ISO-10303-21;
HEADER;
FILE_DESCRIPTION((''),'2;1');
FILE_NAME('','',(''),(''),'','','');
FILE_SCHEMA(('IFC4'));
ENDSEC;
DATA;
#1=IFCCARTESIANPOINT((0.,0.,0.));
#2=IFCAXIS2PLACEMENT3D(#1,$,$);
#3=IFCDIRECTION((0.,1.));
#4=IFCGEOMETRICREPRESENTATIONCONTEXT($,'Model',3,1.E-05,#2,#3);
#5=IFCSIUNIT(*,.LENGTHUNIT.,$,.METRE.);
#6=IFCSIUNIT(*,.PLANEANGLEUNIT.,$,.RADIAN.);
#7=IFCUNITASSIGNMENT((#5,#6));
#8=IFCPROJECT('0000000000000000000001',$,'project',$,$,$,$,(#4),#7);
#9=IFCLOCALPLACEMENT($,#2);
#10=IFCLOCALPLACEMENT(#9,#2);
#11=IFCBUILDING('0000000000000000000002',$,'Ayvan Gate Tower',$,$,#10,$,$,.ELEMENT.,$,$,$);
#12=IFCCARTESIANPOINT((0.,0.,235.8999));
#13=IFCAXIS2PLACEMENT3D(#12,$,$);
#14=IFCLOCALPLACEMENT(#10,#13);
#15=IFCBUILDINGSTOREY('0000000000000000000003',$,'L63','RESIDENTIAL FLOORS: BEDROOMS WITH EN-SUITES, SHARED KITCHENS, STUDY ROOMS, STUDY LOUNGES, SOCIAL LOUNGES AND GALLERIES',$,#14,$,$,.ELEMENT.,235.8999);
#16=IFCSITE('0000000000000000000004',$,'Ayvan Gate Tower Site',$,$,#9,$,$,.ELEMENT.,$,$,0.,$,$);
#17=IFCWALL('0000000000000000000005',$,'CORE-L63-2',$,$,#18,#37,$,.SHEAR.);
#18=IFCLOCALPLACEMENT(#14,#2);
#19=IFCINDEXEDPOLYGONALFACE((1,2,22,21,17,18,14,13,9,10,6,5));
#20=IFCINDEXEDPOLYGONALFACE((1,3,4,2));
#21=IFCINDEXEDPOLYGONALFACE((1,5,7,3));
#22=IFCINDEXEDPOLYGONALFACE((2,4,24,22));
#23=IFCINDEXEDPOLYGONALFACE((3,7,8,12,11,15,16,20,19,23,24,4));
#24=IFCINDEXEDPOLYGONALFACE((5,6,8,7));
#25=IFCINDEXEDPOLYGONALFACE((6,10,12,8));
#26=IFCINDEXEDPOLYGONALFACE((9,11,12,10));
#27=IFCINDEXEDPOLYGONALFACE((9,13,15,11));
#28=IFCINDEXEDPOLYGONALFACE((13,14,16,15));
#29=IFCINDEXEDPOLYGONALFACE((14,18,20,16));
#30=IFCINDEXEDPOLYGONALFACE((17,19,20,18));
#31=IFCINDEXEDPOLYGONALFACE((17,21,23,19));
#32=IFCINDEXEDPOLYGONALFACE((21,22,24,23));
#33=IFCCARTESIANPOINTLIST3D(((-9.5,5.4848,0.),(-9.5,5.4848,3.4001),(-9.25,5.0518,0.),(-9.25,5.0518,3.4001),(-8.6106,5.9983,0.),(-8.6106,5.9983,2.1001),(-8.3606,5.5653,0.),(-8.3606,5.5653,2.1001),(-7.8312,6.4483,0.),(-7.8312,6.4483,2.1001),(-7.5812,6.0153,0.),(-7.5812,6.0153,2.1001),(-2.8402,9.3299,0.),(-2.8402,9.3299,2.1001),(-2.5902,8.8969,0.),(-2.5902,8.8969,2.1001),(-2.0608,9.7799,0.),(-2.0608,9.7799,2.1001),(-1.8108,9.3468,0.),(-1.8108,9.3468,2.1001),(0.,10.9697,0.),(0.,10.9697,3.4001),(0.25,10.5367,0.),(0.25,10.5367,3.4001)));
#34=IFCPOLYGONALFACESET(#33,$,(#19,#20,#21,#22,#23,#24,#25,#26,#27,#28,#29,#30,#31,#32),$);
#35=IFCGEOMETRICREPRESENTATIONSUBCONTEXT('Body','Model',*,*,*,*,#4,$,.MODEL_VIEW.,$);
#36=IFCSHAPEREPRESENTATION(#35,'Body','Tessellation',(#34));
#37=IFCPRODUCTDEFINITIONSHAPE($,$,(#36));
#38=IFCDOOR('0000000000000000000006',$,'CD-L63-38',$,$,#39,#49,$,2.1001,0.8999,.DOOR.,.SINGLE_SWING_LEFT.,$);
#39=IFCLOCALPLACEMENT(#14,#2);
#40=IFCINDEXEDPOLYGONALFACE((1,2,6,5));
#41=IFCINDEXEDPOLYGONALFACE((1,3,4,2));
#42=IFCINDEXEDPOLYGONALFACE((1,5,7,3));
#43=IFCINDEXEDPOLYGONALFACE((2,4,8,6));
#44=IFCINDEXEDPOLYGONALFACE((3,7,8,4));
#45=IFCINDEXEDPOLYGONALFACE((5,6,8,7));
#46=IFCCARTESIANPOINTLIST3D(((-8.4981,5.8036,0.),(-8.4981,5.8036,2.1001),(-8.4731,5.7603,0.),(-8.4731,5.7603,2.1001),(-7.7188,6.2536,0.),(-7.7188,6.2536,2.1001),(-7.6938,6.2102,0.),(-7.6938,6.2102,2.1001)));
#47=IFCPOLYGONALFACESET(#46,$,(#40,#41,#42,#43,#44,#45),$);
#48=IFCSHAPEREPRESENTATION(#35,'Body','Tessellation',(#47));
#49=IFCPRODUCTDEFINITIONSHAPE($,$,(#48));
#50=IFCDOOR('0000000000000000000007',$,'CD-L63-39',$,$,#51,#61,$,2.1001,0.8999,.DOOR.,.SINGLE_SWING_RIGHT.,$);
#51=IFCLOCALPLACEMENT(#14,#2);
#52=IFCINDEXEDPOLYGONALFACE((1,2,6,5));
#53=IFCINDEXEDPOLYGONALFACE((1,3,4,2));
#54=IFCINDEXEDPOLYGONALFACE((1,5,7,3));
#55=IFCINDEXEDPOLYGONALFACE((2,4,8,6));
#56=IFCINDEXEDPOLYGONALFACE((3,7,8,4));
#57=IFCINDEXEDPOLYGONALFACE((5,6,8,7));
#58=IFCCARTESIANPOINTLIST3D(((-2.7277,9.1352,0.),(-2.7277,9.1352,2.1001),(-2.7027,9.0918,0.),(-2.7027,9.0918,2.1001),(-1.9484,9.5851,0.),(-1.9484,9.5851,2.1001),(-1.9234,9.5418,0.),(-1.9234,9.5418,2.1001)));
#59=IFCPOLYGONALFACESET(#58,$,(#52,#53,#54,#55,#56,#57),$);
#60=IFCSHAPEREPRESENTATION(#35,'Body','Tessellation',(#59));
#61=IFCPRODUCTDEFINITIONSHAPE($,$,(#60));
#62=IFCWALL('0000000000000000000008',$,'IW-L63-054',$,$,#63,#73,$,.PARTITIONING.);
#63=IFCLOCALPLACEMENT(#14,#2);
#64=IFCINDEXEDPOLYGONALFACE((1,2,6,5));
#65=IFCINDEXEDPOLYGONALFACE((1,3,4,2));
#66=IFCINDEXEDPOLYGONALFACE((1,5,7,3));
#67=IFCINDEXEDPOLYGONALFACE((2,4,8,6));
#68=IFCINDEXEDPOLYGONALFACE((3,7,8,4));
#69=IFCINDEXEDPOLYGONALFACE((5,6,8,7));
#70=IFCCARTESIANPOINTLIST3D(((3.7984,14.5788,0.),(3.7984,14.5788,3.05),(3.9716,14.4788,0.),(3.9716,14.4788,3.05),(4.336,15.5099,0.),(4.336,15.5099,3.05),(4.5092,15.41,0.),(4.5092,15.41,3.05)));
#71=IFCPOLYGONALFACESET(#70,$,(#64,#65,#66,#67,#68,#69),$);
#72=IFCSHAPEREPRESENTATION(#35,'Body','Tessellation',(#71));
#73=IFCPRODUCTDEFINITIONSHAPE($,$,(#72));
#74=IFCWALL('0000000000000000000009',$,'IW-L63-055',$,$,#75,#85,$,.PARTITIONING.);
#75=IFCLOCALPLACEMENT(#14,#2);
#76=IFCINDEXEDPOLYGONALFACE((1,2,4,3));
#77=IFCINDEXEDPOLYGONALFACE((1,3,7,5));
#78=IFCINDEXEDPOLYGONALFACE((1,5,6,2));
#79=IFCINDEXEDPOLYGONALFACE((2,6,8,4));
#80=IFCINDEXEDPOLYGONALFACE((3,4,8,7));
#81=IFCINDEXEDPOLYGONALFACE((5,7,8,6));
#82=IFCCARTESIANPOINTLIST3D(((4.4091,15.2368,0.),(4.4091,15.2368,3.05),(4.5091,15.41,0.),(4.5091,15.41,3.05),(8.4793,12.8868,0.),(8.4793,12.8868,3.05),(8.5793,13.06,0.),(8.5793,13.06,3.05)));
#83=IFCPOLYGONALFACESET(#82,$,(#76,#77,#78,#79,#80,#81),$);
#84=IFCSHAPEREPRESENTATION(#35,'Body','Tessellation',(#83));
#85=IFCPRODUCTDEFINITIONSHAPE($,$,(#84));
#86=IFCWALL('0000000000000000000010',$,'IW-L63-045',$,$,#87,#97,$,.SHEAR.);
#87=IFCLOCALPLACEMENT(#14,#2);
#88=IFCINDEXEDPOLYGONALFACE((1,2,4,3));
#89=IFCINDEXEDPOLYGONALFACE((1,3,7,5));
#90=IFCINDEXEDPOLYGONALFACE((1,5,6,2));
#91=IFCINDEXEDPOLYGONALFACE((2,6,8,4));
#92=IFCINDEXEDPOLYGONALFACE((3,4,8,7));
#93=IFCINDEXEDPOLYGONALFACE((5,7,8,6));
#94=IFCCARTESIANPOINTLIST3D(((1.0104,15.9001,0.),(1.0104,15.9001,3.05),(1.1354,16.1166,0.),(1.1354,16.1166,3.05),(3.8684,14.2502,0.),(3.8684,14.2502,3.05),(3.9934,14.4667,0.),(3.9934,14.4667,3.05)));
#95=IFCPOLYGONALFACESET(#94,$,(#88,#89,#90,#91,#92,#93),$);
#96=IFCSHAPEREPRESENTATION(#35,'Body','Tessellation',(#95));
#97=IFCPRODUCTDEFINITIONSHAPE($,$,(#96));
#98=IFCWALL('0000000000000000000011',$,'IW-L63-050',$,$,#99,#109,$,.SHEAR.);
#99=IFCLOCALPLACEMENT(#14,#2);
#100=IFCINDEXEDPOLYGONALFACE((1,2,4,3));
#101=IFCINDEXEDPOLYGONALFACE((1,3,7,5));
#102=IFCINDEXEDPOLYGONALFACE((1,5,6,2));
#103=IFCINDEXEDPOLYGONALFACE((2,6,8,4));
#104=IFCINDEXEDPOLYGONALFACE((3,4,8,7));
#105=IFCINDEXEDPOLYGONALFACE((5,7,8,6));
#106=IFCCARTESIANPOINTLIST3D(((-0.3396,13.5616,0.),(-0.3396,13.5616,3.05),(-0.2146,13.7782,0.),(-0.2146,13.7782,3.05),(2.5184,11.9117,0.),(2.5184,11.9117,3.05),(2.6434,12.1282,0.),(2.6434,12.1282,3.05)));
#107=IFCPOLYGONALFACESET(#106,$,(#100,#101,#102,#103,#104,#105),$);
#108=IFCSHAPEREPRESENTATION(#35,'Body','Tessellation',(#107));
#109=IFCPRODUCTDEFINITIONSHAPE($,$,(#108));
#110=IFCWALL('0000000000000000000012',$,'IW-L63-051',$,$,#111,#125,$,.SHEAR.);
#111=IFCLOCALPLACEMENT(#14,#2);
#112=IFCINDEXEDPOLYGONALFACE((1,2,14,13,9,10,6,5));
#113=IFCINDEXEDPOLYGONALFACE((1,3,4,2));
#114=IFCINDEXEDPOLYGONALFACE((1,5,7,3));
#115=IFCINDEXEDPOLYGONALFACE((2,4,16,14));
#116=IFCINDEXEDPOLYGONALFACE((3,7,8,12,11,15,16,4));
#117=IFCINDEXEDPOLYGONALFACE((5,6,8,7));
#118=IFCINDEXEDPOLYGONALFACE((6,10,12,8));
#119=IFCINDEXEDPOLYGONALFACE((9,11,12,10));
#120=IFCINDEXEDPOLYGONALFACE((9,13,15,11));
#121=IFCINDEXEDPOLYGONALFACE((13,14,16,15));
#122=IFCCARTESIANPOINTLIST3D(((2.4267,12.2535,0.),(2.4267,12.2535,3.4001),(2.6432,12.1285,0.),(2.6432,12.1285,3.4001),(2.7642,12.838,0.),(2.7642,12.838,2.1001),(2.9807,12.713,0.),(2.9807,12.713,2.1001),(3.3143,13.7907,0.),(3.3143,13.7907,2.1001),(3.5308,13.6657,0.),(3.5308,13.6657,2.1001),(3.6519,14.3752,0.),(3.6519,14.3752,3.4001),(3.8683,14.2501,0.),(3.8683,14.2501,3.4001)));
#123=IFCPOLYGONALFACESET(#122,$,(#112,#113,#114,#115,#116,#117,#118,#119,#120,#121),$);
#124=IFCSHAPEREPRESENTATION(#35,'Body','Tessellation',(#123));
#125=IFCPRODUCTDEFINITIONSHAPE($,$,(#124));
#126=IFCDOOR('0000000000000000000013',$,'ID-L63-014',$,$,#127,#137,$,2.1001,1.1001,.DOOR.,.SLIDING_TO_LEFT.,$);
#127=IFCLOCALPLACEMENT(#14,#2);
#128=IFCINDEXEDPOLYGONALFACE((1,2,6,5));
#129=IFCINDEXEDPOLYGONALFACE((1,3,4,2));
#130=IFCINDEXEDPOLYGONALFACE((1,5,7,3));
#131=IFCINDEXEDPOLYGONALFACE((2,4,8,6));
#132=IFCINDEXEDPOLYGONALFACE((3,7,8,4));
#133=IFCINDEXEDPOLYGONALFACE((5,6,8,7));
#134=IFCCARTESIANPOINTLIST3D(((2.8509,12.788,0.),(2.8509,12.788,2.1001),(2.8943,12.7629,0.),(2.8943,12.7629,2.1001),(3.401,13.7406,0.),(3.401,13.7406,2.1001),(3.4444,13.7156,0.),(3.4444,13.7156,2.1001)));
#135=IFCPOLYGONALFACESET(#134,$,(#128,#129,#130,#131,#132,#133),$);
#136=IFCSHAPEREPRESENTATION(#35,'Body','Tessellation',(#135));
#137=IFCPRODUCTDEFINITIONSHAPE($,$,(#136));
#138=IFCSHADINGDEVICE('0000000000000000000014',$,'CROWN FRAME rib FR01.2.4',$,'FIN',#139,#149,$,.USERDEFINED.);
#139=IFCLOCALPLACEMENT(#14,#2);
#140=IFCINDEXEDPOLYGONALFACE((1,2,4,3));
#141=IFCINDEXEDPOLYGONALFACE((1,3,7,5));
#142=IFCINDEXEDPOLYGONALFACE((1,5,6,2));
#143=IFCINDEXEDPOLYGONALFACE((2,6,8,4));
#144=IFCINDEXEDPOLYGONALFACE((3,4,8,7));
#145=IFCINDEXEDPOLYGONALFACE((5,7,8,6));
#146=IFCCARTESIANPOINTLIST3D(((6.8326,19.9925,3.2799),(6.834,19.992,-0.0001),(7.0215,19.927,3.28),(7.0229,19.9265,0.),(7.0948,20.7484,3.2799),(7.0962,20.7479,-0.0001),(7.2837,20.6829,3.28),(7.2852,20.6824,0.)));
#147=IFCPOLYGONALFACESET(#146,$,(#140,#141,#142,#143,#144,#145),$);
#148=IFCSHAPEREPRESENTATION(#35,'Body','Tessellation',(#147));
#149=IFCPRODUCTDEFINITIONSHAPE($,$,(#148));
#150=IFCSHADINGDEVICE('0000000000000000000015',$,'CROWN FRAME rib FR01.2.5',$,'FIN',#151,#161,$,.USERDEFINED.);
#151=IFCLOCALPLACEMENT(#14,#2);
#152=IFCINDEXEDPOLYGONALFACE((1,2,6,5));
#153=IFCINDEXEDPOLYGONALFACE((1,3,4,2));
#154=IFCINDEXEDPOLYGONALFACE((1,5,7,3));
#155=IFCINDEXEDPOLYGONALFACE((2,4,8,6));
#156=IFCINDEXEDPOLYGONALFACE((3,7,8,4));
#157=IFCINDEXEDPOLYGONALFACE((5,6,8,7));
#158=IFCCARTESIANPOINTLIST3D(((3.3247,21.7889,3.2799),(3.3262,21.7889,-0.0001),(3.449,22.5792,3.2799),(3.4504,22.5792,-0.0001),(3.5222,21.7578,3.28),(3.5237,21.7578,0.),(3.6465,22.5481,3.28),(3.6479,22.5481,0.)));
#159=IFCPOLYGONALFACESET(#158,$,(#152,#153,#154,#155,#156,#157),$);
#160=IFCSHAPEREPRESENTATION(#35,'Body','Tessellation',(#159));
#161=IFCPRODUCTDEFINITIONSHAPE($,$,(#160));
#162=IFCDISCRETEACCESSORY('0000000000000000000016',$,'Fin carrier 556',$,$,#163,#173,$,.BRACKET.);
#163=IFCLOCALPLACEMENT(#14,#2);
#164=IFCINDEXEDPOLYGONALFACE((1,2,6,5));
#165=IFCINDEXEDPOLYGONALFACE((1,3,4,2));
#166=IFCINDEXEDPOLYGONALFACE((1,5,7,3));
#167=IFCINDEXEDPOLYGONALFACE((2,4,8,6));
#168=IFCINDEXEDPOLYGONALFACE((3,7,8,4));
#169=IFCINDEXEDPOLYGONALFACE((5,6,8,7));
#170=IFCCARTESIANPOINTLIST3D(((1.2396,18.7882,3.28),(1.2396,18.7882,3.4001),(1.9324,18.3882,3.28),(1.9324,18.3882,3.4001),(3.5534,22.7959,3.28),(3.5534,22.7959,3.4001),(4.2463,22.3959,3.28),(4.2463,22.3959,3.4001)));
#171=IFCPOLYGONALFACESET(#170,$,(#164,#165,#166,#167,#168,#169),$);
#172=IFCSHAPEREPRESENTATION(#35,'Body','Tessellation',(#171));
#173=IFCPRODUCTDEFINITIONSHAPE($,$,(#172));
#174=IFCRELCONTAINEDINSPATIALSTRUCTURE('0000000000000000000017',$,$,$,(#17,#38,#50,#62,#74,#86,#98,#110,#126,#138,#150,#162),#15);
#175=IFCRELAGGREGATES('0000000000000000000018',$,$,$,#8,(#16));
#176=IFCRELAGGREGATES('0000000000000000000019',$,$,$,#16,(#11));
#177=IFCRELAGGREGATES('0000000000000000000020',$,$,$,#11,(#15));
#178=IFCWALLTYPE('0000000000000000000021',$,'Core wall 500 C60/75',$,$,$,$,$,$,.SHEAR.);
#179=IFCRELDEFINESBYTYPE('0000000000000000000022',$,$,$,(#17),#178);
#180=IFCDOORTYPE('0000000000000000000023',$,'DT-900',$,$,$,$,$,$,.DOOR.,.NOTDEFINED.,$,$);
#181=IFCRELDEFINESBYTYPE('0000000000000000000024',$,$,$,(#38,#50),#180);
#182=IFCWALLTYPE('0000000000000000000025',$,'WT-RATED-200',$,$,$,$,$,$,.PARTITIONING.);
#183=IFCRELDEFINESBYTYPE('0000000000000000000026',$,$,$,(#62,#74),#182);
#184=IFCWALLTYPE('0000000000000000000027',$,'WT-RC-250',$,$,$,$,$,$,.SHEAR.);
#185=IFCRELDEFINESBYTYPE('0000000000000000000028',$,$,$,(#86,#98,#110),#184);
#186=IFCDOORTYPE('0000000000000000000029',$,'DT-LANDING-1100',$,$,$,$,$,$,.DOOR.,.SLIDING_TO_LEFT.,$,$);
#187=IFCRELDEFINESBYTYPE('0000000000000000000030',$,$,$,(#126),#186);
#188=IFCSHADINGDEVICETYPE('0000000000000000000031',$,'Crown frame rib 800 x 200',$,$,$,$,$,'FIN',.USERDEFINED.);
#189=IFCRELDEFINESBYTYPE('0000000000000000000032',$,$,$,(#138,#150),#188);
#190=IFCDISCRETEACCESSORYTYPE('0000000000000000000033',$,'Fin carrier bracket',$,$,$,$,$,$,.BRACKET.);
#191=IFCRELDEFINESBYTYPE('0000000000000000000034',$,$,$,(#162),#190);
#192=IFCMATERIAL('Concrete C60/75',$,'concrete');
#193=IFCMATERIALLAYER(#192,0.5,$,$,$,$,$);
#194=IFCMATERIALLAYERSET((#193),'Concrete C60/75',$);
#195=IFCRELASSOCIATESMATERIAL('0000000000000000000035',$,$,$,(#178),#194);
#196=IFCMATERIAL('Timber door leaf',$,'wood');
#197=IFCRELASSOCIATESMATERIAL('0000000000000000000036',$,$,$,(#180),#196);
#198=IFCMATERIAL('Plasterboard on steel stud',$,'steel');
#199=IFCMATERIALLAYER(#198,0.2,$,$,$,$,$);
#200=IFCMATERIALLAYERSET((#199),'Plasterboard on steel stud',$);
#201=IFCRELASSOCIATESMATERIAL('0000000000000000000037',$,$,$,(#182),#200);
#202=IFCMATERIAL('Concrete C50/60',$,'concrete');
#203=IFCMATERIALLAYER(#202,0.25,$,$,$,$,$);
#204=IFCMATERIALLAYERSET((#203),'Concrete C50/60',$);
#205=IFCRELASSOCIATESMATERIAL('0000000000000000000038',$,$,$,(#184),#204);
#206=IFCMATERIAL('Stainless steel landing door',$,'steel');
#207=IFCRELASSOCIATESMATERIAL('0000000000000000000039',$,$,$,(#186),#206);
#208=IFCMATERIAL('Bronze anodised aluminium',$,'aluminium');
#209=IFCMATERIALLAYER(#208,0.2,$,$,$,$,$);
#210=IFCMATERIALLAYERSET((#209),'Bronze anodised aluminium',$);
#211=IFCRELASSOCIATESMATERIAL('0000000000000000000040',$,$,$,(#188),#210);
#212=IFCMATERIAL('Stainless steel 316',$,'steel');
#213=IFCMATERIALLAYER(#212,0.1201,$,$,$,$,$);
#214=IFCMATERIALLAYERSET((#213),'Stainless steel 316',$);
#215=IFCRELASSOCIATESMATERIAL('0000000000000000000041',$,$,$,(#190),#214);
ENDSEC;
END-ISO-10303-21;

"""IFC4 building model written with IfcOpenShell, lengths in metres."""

from ifc_helpers import new_model, si_unit, direction, frame, frame_2d, origin, origin_2d, place, context, subcontext, project, spatial, polyline, rectangle, outline, extrude, material, layer, layer_set, type_object, element, fill, save


model = new_model("IFC4")

# Units and contexts
model_context = context("Model", 3, precision=1e-05, world=origin(), true_north=direction((0.0, 1.0)))
body_context = subcontext(model_context, "Body", "Model", "MODEL_VIEW")
ifc_project = project(units=[si_unit("LENGTHUNIT", "METRE"), si_unit("PLANEANGLEUNIT", "RADIAN")], contexts=[model_context])

# Site, building, storey
site_placement = place(None, origin())
site = spatial("IfcSite", under=ifc_project, at=site_placement, Name="Ayvan Gate Tower Site", CompositionType="ELEMENT", RefElevation=0.0)
building_placement = place(site_placement, origin())
building = spatial("IfcBuilding", under=site, at=building_placement, Name="Ayvan Gate Tower", CompositionType="ELEMENT")
storey_placement = place(building_placement, frame((0.0, 0.0, 235.8999)))
storey = spatial("IfcBuildingStorey", under=building, at=storey_placement, Name="L63", Description="RESIDENTIAL FLOORS: BEDROOMS WITH EN-SUITES, SHARED KITCHENS, STUDY ROOMS, STUDY LOUNGES, SOCIAL LOUNGES AND GALLERIES", CompositionType="ELEMENT", Elevation=235.8999)

# Shared definitions
ifc_material_1 = material(Name="Concrete C50/60", Category="concrete")

# Shared definitions
ifc_material_2 = material(Name="Bronze anodised aluminium", Category="aluminium")

# Wall, openings, doors
ifc_material_3 = material(Name="Concrete C60/75", Category="concrete")
ifc_layer_1 = layer(ifc_material_3, 0.5)
ifc_layer_set_1 = layer_set([ifc_layer_1], Name="Concrete C60/75")
wall_type_1 = type_object("IfcWallType", Name="Core wall 500 C60/75", PredefinedType="SHEAR", material=ifc_layer_set_1)
wall_1_placement = place(storey_placement, frame((0.125, 10.7532, 0.0), z_axis=(0.0, 0.0, 1.0), x_axis=(-0.866024, -0.500002, 0.0)))
wall_1 = element("IfcWall", 1, at=wall_1_placement, inside=storey, type_object=wall_type_1, Name="CORE-L63-2", PredefinedType="SHEAR", context=body_context, shape_type="SweptSolid", body=[
    extrude(rectangle(XDim=10.9697, YDim=0.5, at=frame_2d((5.4849, 0.0))), origin(), (0.0, 0.0, 1.0), 3.4001),
])
opening_1_placement = place(wall_1_placement, frame((9.0427, 0.0, 0.0)))
opening_1 = element("IfcOpeningElement", 2, at=opening_1_placement, cuts=wall_1, PredefinedType="OPENING", context=body_context, shape_type="SweptSolid", body=[
    extrude(rectangle(XDim=0.8999, YDim=2.1001, at=frame_2d((0.45, 1.05))), frame((0.0, 0.26, 0.0), z_axis=(0.0, -1.0, 0.0), x_axis=(1.0, 0.0, 0.0)), (0.0, 0.0, 1.0), 0.52),
])
opening_2_placement = place(wall_1_placement, frame((2.3796, 0.0, 0.0)))
opening_2 = element("IfcOpeningElement", 3, at=opening_2_placement, cuts=wall_1, PredefinedType="OPENING", context=body_context, shape_type="SweptSolid", body=[
    extrude(rectangle(XDim=0.8999, YDim=2.1001, at=frame_2d((0.45, 1.05))), frame((0.0, 0.26, 0.0), z_axis=(0.0, -1.0, 0.0), x_axis=(1.0, 0.0, 0.0)), (0.0, 0.0, 1.0), 0.52),
])
ifc_material_4 = material(Name="Timber door leaf", Category="wood")
door_type_1 = type_object("IfcDoorType", Name="DT-900", OperationType="NOTDEFINED", PredefinedType="DOOR", material=ifc_material_4)
door_1_placement = place(opening_1_placement, origin())
door_1 = element("IfcDoor", 4, at=door_1_placement, inside=storey, type_object=door_type_1, Name="CD-L63-38", OperationType="SINGLE_SWING_LEFT", OverallHeight=2.1001, OverallWidth=0.8999, PredefinedType="DOOR", context=body_context, shape_type="SweptSolid", body=[
    extrude(rectangle(XDim=0.8999, YDim=2.1001, at=frame_2d((0.45, 1.05))), frame((0.0, 0.0249, 0.0), z_axis=(0.0, -1.0, 0.0), x_axis=(1.0, 0.0, 0.0)), (0.0, 0.0, 1.0), 0.05),
])
fill(opening_1, door_1)
door_2_placement = place(opening_2_placement, origin())
door_2 = element("IfcDoor", 5, at=door_2_placement, inside=storey, type_object=door_type_1, Name="CD-L63-39", OperationType="SINGLE_SWING_RIGHT", OverallHeight=2.1001, OverallWidth=0.8999, PredefinedType="DOOR", context=body_context, shape_type="SweptSolid", body=[
    extrude(rectangle(XDim=0.8999, YDim=2.1001, at=frame_2d((0.45, 1.05))), frame((0.0, 0.0249, 0.0), z_axis=(0.0, -1.0, 0.0), x_axis=(1.0, 0.0, 0.0)), (0.0, 0.0, 1.0), 0.05),
])
fill(opening_2, door_2)

# Walls
ifc_material_5 = material(Name="Plasterboard on steel stud", Category="steel")
ifc_layer_2 = layer(ifc_material_5, 0.2)
ifc_layer_set_2 = layer_set([ifc_layer_2], Name="Plasterboard on steel stud")
wall_type_2 = type_object("IfcWallType", Name="WT-RATED-200", PredefinedType="PARTITIONING", material=ifc_layer_set_2)
wall_2_placement = place(storey_placement, frame((3.885, 14.5288, 0.0), z_axis=(0.0, 0.0, 1.0), x_axis=(0.499998, 0.866027, 0.0)))
element("IfcWall", 6, at=wall_2_placement, inside=storey, type_object=wall_type_2, Name="IW-L63-054", PredefinedType="PARTITIONING", context=body_context, shape_type="SweptSolid", body=[
    extrude(rectangle(XDim=1.0752, YDim=0.2, at=frame_2d((0.5376, 0.0))), origin(), (0.0, 0.0, 1.0), 3.05),
])
wall_3_placement = place(storey_placement, frame((4.459, 15.3235, 0.0), z_axis=(0.0, 0.0, 1.0), x_axis=(0.866016, -0.500016, 0.0)))
element("IfcWall", 7, at=wall_3_placement, inside=storey, type_object=wall_type_2, Name="IW-L63-055", PredefinedType="PARTITIONING", context=body_context, shape_type="SweptSolid", body=[
    extrude(rectangle(XDim=4.7, YDim=0.2, at=frame_2d((2.3501, 0.0))), origin(), (0.0, 0.0, 1.0), 3.05),
])
ifc_layer_3 = layer(ifc_material_1, 0.25)
ifc_layer_set_3 = layer_set([ifc_layer_3], Name="Concrete C50/60")
wall_type_3 = type_object("IfcWallType", Name="WT-RC-250", PredefinedType="SHEAR", material=ifc_layer_set_3)
for number, where, z_axis, x_axis, name in (
    (8, (1.073, 16.0083, 0.0), (0.0, 0.0, 1.0), (0.86604, -0.499974, 0.0), "IW-L63-045"),
    (9, (2.5808, 12.02, 0.0), (0.0, 0.0, 1.0), (-0.86604, 0.499974, 0.0), "IW-L63-050"),
):
    element("IfcWall", number, at=place(storey_placement, frame(where, z_axis=z_axis, x_axis=x_axis)), inside=storey, type_object=wall_type_3, Name=name, PredefinedType="SHEAR", context=body_context, shape_type="SweptSolid", body=[
        extrude(rectangle(XDim=3.3, YDim=0.25, at=frame_2d((1.6499, 0.0))), origin(), (0.0, 0.0, 1.0), 3.05),
    ])

# Wall, opening, door
wall_4_placement = place(storey_placement, frame((2.5349, 12.1909, 0.0), z_axis=(0.0, 0.0, 1.0), x_axis=(0.500062, 0.86599, 0.0)))
wall_4 = element("IfcWall", 10, at=wall_4_placement, inside=storey, type_object=wall_type_3, Name="IW-L63-051", PredefinedType="SHEAR", context=body_context, shape_type="SweptSolid", body=[
    extrude(rectangle(XDim=2.45, YDim=0.25, at=frame_2d((1.2251, 0.0))), origin(), (0.0, 0.0, 1.0), 3.4001),
])
opening_3_placement = place(wall_4_placement, frame((0.675, 0.0, 0.0)))
opening_3 = element("IfcOpeningElement", 11, at=opening_3_placement, cuts=wall_4, PredefinedType="OPENING", context=body_context, shape_type="SweptSolid", body=[
    extrude(rectangle(XDim=1.1001, YDim=2.1001, at=frame_2d((0.55, 1.05))), frame((0.0, 0.135, 0.0), z_axis=(0.0, -1.0, 0.0), x_axis=(1.0, 0.0, 0.0)), (0.0, 0.0, 1.0), 0.27),
])
ifc_material_6 = material(Name="Stainless steel landing door", Category="steel")
door_type_2 = type_object("IfcDoorType", Name="DT-LANDING-1100", OperationType="SLIDING_TO_LEFT", PredefinedType="DOOR", material=ifc_material_6)
door_3_placement = place(opening_3_placement, origin())
door_3 = element("IfcDoor", 12, at=door_3_placement, inside=storey, type_object=door_type_2, Name="ID-L63-014", OperationType="SLIDING_TO_LEFT", OverallHeight=2.1001, OverallWidth=1.1001, PredefinedType="DOOR", context=body_context, shape_type="SweptSolid", body=[
    extrude(rectangle(XDim=1.1001, YDim=2.1001, at=frame_2d((0.55, 1.05))), frame((0.0, 0.0249, 0.0), z_axis=(0.0, -1.0, 0.0), x_axis=(1.0, 0.0, 0.0)), (0.0, 0.0, 1.0), 0.05),
])
fill(opening_3, door_3)

# Shading devices
ifc_layer_4 = layer(ifc_material_2, 0.2)
ifc_layer_set_4 = layer_set([ifc_layer_4], Name="Bronze anodised aluminium")
shading_device_type = type_object("IfcShadingDeviceType", Name="Crown frame rib 800 x 200", ElementType="FIN", PredefinedType="USERDEFINED", material=ifc_layer_set_4)
shading_device_1_placement = place(storey_placement, frame((7.0229, 19.9265, 0.0), z_axis=(0.944768, -0.327739, 0.000471), x_axis=(0.327739, 0.944768, 0.0)))
element("IfcShadingDevice", 13, at=shading_device_1_placement, inside=storey, type_object=shading_device_type, Name="CROWN FRAME rib FR01.2.4", ObjectType="FIN", PredefinedType="USERDEFINED", context=body_context, shape_type="SweptSolid", body=[
    extrude(outline(polyline([(0.0, 0.0), (0.8, 0.0), (0.8, 3.28), (0.0, 3.28), (0.0, 0.0)])), origin(), (0.0, 0.0, -1.0), 0.2),
])
shading_device_2_placement = place(storey_placement, frame((3.5237, 21.7578, 0.0), z_axis=(0.987862, -0.155336, 0.000441), x_axis=(0.155336, 0.987862, 0.0)))
element("IfcShadingDevice", 14, at=shading_device_2_placement, inside=storey, type_object=shading_device_type, Name="CROWN FRAME rib FR01.2.5", ObjectType="FIN", PredefinedType="USERDEFINED", context=body_context, shape_type="SweptSolid", body=[
    extrude(outline(polyline([(0.0, 0.0), (0.8, 0.0), (0.7998, 3.28), (-0.0002, 3.28), (0.0, 0.0)])), origin(), (0.0, 0.0, -1.0), 0.2),
])

# Discrete accessory
ifc_material_7 = material(Name="Stainless steel 316", Category="steel")
ifc_layer_5 = layer(ifc_material_7, 0.1201)
ifc_layer_set_5 = layer_set([ifc_layer_5], Name="Stainless steel 316")
discrete_accessory_type = type_object("IfcDiscreteAccessoryType", Name="Fin carrier bracket", PredefinedType="BRACKET", material=ifc_layer_set_5)
discrete_accessory_1_placement = place(storey_placement, frame((2.7429, 20.592, 3.28), z_axis=(0.0, 0.0, 1.0), x_axis=(-0.866025, 0.5, 0.0)))
element("IfcDiscreteAccessory", 15, at=discrete_accessory_1_placement, inside=storey, type_object=discrete_accessory_type, Name="Fin carrier 556", PredefinedType="BRACKET", context=body_context, shape_type="SweptSolid", body=[
    extrude(rectangle(XDim=0.8, YDim=4.6277, at=origin_2d()), origin(), (0.0, 0.0, 1.0), 0.1201),
])

save(model, "model.ifc")
